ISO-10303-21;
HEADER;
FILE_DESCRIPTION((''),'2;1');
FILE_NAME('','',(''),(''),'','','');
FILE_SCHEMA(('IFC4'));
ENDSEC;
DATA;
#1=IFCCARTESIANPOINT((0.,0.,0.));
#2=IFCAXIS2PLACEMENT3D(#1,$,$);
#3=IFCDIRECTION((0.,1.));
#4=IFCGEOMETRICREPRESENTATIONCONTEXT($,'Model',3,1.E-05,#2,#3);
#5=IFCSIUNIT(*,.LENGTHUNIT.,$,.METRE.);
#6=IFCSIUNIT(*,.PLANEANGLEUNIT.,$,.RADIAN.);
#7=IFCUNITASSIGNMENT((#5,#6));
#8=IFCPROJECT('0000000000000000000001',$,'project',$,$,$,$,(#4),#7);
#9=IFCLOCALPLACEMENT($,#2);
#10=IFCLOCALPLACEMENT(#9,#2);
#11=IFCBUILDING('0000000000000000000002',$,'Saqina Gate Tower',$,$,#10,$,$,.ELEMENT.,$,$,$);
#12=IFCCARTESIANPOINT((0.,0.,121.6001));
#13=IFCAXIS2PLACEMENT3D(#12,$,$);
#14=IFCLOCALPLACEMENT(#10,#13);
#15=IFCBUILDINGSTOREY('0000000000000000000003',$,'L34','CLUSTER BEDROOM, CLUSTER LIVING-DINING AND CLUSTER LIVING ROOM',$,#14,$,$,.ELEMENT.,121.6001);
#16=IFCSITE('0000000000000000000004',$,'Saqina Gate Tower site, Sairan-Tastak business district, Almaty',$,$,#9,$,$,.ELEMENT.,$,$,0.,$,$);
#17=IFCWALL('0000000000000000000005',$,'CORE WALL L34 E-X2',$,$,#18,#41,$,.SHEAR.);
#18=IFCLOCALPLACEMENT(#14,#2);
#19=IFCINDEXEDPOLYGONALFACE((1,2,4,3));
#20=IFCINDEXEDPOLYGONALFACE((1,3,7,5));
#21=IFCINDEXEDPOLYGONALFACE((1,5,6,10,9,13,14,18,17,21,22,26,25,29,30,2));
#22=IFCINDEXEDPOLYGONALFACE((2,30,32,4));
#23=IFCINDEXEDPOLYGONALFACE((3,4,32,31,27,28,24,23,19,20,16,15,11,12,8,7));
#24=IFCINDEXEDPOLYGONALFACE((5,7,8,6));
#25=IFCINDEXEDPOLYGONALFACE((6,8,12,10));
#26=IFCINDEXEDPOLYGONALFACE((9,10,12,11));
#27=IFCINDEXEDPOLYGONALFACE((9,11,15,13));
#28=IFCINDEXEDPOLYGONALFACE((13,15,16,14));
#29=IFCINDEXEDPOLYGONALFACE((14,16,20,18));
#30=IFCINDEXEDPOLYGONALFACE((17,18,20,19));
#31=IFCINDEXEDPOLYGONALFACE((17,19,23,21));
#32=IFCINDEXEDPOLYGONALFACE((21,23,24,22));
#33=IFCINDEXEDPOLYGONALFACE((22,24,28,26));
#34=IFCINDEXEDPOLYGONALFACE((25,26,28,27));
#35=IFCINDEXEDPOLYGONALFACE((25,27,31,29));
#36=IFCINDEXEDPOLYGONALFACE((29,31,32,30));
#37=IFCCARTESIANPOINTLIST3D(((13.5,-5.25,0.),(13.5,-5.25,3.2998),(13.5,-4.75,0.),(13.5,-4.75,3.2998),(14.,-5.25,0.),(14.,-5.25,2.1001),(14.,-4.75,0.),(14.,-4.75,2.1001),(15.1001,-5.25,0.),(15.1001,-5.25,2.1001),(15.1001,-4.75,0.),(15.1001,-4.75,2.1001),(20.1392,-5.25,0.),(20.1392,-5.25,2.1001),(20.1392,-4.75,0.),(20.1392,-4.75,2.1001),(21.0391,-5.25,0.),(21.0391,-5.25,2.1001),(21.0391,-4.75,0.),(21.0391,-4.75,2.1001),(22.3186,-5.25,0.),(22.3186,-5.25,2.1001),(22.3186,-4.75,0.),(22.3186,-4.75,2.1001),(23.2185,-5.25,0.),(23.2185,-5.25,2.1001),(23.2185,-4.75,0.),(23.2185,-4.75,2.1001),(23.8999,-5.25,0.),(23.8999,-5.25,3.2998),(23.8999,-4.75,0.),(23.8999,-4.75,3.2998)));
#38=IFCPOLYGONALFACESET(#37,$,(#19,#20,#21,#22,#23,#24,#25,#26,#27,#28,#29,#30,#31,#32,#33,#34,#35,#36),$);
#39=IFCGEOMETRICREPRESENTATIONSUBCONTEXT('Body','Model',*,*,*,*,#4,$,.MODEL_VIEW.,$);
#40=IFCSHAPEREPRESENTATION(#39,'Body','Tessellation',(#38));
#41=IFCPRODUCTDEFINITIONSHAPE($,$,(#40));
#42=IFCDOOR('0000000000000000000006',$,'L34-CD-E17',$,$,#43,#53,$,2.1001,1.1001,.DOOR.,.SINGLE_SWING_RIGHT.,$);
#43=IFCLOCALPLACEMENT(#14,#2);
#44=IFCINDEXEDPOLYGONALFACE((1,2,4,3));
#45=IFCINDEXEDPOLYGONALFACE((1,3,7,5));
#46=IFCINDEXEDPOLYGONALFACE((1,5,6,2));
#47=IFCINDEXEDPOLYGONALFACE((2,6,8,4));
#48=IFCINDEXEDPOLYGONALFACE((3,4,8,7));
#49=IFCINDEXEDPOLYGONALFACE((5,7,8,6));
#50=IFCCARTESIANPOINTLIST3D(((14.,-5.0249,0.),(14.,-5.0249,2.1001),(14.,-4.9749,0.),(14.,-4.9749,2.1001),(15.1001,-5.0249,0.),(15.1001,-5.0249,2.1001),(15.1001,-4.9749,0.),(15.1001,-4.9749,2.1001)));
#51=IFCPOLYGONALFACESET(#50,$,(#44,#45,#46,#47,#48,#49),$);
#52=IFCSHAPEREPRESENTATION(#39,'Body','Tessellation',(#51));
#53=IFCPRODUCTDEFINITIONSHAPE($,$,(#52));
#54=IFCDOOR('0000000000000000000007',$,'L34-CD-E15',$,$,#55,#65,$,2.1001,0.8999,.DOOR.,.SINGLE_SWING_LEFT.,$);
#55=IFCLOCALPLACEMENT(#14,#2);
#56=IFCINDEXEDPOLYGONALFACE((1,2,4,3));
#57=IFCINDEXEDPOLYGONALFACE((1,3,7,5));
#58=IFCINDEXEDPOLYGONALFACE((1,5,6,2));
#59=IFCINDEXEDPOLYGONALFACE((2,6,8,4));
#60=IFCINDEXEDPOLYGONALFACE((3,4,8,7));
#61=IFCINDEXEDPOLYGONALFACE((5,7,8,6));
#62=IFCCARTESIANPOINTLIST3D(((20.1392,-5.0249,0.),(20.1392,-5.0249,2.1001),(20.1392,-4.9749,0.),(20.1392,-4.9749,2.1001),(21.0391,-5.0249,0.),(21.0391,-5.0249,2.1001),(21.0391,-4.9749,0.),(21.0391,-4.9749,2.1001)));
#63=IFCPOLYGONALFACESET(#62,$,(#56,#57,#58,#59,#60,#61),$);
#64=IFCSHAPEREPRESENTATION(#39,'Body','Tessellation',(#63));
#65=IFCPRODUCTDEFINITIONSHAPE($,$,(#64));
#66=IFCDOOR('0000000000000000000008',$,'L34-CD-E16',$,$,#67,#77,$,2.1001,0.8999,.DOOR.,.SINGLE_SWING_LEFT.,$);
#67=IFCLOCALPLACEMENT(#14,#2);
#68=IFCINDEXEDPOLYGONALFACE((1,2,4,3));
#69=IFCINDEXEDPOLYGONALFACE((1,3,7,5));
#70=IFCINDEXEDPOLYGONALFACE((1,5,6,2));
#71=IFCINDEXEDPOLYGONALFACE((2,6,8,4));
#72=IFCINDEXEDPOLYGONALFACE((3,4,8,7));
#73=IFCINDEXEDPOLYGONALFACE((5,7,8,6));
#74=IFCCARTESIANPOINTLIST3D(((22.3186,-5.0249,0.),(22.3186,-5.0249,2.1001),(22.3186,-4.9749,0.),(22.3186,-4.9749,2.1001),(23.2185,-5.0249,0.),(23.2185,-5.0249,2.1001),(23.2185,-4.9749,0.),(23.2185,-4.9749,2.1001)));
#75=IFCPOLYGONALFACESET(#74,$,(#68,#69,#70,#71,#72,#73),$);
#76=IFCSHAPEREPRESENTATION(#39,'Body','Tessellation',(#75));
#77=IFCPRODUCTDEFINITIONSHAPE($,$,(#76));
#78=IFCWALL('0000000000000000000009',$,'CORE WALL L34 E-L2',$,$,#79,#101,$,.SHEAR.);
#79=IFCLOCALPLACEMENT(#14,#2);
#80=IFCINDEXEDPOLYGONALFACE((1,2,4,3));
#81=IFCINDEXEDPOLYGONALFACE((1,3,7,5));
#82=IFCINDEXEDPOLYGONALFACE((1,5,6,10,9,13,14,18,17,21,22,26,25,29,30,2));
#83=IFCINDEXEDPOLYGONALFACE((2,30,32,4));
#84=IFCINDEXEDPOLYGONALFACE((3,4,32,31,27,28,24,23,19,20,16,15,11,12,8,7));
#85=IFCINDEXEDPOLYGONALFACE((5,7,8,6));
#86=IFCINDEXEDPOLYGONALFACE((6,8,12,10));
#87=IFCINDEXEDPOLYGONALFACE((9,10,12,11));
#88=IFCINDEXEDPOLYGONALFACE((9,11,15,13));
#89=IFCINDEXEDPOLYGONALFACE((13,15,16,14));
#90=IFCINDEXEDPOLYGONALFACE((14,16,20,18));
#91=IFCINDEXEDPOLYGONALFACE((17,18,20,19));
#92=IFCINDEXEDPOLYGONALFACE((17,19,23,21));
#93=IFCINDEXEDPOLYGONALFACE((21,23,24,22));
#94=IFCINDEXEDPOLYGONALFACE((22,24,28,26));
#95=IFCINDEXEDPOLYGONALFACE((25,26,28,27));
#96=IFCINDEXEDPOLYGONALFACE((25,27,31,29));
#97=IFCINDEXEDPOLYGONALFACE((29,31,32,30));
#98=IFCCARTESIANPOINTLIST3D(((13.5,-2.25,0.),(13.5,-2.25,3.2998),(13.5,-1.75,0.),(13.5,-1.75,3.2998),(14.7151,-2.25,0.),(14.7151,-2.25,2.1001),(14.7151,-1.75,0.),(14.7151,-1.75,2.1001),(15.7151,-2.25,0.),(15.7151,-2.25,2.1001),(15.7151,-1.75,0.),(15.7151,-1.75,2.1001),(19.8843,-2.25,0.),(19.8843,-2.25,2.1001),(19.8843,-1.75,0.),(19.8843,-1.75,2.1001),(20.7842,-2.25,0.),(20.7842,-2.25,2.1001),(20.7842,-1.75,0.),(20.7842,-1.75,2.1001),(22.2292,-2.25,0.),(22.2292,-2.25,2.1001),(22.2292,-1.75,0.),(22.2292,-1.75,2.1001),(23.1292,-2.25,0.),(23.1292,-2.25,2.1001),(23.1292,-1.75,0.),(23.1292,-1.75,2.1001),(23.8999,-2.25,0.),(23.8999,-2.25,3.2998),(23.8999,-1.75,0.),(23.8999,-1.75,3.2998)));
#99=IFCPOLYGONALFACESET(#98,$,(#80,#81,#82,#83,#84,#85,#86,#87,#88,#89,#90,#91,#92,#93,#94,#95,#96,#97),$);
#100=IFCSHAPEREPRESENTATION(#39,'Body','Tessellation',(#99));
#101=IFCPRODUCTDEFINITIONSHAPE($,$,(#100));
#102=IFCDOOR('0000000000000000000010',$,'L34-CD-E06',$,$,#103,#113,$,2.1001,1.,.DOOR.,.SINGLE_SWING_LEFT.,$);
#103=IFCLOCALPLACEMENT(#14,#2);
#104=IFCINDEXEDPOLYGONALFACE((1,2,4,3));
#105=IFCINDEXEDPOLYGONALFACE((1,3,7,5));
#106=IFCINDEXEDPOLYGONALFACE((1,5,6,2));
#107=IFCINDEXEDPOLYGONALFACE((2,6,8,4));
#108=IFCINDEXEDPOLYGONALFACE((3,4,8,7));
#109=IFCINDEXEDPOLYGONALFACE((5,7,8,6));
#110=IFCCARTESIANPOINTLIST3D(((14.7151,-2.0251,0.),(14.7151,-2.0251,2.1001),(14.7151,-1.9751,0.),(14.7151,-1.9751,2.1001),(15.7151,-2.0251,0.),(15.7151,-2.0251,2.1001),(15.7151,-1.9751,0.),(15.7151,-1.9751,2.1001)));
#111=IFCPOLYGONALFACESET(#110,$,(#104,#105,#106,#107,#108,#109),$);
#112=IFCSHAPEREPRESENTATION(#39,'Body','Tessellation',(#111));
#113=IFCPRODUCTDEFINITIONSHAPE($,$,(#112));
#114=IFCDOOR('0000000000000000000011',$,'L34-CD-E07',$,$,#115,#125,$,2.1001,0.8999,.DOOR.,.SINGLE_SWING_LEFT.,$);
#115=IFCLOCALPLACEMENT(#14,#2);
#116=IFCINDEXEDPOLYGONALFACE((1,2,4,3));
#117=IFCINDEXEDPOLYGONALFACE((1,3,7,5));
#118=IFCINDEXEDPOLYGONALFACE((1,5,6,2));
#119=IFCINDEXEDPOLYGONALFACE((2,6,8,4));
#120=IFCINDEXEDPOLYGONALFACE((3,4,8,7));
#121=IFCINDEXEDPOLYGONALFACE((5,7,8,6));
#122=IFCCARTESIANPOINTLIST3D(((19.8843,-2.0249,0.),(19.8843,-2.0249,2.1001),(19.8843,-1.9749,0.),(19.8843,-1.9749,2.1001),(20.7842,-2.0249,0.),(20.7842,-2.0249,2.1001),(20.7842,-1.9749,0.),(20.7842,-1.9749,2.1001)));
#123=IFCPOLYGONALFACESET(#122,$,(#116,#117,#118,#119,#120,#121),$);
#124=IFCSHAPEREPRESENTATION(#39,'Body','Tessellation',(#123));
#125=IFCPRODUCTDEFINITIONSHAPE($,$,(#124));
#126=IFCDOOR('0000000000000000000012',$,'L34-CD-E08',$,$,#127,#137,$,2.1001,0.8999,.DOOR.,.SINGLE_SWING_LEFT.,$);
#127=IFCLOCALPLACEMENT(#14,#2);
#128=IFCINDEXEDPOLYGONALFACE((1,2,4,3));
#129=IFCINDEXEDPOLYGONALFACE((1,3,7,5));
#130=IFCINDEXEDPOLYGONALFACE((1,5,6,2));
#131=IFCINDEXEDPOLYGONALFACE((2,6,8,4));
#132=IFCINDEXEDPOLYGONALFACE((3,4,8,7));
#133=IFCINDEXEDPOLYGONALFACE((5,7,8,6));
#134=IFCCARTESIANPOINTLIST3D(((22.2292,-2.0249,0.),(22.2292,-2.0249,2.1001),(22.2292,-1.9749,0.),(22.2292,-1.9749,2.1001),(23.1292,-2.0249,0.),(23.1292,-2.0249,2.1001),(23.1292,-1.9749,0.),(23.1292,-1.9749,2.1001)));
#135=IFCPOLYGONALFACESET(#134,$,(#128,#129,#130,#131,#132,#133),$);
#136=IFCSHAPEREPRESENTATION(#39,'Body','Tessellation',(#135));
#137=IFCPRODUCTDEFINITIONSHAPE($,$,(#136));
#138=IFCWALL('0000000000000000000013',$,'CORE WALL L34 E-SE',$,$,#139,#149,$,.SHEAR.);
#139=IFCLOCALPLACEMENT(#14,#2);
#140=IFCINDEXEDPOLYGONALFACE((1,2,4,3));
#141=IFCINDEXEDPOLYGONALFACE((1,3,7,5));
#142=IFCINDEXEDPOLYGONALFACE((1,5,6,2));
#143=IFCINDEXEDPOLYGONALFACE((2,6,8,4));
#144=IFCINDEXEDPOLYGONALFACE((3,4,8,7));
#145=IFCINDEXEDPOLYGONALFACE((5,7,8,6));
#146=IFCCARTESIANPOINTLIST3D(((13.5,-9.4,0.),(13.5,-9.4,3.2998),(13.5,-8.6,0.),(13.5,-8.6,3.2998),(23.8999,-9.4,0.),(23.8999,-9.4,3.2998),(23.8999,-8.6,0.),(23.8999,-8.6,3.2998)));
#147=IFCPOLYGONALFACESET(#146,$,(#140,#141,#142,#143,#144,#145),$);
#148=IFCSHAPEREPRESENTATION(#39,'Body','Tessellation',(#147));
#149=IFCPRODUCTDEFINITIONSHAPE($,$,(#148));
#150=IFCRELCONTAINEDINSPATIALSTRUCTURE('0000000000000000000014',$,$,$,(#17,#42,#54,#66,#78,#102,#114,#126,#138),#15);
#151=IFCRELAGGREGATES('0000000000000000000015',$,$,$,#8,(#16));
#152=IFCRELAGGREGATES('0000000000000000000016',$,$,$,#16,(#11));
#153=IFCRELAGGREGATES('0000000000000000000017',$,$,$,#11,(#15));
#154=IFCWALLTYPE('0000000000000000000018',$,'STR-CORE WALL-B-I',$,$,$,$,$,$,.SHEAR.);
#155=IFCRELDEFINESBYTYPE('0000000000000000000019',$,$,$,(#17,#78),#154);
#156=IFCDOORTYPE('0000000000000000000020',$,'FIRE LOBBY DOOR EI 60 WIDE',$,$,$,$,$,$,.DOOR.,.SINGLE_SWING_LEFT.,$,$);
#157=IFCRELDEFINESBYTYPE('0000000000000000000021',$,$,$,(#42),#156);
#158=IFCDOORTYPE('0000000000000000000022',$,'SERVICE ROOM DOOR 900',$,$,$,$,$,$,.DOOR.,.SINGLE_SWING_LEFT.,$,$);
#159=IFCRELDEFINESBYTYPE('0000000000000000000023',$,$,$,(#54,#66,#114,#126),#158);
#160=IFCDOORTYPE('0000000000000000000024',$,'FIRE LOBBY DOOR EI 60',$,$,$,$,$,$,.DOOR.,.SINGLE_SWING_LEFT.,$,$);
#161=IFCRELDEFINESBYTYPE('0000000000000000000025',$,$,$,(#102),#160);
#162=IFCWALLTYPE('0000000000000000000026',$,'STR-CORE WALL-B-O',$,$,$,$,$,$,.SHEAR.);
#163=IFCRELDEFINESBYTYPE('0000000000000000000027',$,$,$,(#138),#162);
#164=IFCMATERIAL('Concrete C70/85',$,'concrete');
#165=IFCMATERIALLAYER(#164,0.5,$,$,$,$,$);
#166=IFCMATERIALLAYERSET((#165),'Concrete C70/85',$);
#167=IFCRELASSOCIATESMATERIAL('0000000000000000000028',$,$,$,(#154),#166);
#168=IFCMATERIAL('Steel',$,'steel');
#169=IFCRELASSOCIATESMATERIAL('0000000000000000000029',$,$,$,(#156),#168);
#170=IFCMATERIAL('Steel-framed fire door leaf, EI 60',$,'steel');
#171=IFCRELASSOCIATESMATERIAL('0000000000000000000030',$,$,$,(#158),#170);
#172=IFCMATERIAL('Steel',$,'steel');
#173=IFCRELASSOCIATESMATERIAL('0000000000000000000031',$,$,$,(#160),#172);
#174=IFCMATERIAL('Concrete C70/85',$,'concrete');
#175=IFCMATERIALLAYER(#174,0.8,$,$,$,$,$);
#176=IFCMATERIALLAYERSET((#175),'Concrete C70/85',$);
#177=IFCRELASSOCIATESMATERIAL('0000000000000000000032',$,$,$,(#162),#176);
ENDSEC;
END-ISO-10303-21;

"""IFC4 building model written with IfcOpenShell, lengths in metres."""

from ifc_helpers import new_model, si_unit, direction, frame, frame_2d, origin, place, context, subcontext, project, spatial, rectangle, extrude, material, layer, layer_set, type_object, element, fill, save


model = new_model("IFC4")

# Units and contexts
model_context = context("Model", 3, precision=1e-05, world=origin(), true_north=direction((0.0, 1.0)))
body_context = subcontext(model_context, "Body", "Model", "MODEL_VIEW")
ifc_project = project(units=[si_unit("LENGTHUNIT", "METRE"), si_unit("PLANEANGLEUNIT", "RADIAN")], contexts=[model_context])

# Site, building, storey
site_placement = place(None, origin())
site = spatial("IfcSite", under=ifc_project, at=site_placement, Name="Saqina Gate Tower site, Sairan-Tastak business district, Almaty", CompositionType="ELEMENT", RefElevation=0.0)
building_placement = place(site_placement, origin())
building = spatial("IfcBuilding", under=site, at=building_placement, Name="Saqina Gate Tower", CompositionType="ELEMENT")
storey_placement = place(building_placement, frame((0.0, 0.0, 121.6001)))
storey = spatial("IfcBuildingStorey", under=building, at=storey_placement, Name="L34", Description="CLUSTER BEDROOM, CLUSTER LIVING-DINING AND CLUSTER LIVING ROOM", CompositionType="ELEMENT", Elevation=121.6001)

# Walls, openings, doors
ifc_material_1 = material(Name="Concrete C70/85", Category="concrete")
ifc_layer_1 = layer(ifc_material_1, 0.5)
ifc_layer_set_1 = layer_set([ifc_layer_1], Name="Concrete C70/85")
wall_type_1 = type_object("IfcWallType", Name="STR-CORE WALL-B-I", PredefinedType="SHEAR", material=ifc_layer_set_1)
wall_1_placement = place(storey_placement, frame((13.5, -5.0, 0.0), z_axis=(0.0, 0.0, 1.0), x_axis=(1.0, 0.0, 0.0)))
wall_1 = element("IfcWall", 1, at=wall_1_placement, inside=storey, type_object=wall_type_1, Name="CORE WALL L34 E-X2", PredefinedType="SHEAR", context=body_context, shape_type="SweptSolid", body=[
    extrude(rectangle(XDim=10.3999, YDim=0.5, at=frame_2d((5.2, 0.0))), origin(), (0.0, 0.0, 1.0), 3.2998),
])
opening_1_placement = place(wall_1_placement, frame((6.6392, 0.0, 0.0)))
opening_1 = element("IfcOpeningElement", 2, at=opening_1_placement, cuts=wall_1, PredefinedType="OPENING", context=body_context, shape_type="SweptSolid", body=[
    extrude(rectangle(XDim=0.8999, YDim=2.1001, at=frame_2d((0.45, 1.05))), frame((0.0, 0.262, 0.0), z_axis=(0.0, -1.0, 0.0), x_axis=(1.0, 0.0, 0.0)), (0.0, 0.0, 1.0), 0.5239),
])
opening_2_placement = place(wall_1_placement, frame((8.8186, 0.0, 0.0)))
opening_2 = element("IfcOpeningElement", 3, at=opening_2_placement, cuts=wall_1, PredefinedType="OPENING", context=body_context, shape_type="SweptSolid", body=[
    extrude(rectangle(XDim=0.8999, YDim=2.1001, at=frame_2d((0.45, 1.05))), frame((0.0, 0.262, 0.0), z_axis=(0.0, -1.0, 0.0), x_axis=(1.0, 0.0, 0.0)), (0.0, 0.0, 1.0), 0.5239),
])
opening_3_placement = place(wall_1_placement, frame((0.5, 0.0, 0.0)))
opening_3 = element("IfcOpeningElement", 4, at=opening_3_placement, cuts=wall_1, PredefinedType="OPENING", context=body_context, shape_type="SweptSolid", body=[
    extrude(rectangle(XDim=1.1001, YDim=2.1001, at=frame_2d((0.55, 1.05))), frame((0.0, 0.262, 0.0), z_axis=(0.0, -1.0, 0.0), x_axis=(1.0, 0.0, 0.0)), (0.0, 0.0, 1.0), 0.5239),
])
ifc_material_2 = material(Name="Steel", Category="steel")
door_type_1 = type_object("IfcDoorType", Name="FIRE LOBBY DOOR EI 60 WIDE", OperationType="SINGLE_SWING_LEFT", PredefinedType="DOOR", material=ifc_material_2)
door_1_placement = place(opening_3_placement, frame((1.1001, 0.0, 0.0), z_axis=(0.0, 0.0, 1.0), x_axis=(-1.0, 0.0, 0.0)))
door_1 = element("IfcDoor", 5, at=door_1_placement, inside=storey, type_object=door_type_1, Name="L34-CD-E17", OperationType="SINGLE_SWING_RIGHT", OverallHeight=2.1001, OverallWidth=1.1001, PredefinedType="DOOR", context=body_context, shape_type="SweptSolid", body=[
    extrude(rectangle(XDim=1.1001, YDim=2.1001, at=frame_2d((0.55, 1.05))), frame((0.0, 0.0249, 0.0), z_axis=(0.0, -1.0, 0.0), x_axis=(1.0, 0.0, 0.0)), (0.0, 0.0, 1.0), 0.05),
])
fill(opening_3, door_1)
ifc_material_3 = material(Name="Steel-framed fire door leaf, EI 60", Category="steel")
door_type_2 = type_object("IfcDoorType", Name="SERVICE ROOM DOOR 900", OperationType="SINGLE_SWING_LEFT", PredefinedType="DOOR", material=ifc_material_3)
door_2_placement = place(opening_1_placement, frame((0.8999, 0.0, 0.0), z_axis=(0.0, 0.0, 1.0), x_axis=(-1.0, 0.0, 0.0)))
door_2 = element("IfcDoor", 6, at=door_2_placement, inside=storey, type_object=door_type_2, Name="L34-CD-E15", OperationType="SINGLE_SWING_LEFT", OverallHeight=2.1001, OverallWidth=0.8999, PredefinedType="DOOR", context=body_context, shape_type="SweptSolid", body=[
    extrude(rectangle(XDim=0.8999, YDim=2.1001, at=frame_2d((0.45, 1.05))), frame((0.0, 0.0249, 0.0), z_axis=(0.0, -1.0, 0.0), x_axis=(1.0, 0.0, 0.0)), (0.0, 0.0, 1.0), 0.05),
])
fill(opening_1, door_2)
door_3_placement = place(opening_2_placement, frame((0.8999, 0.0, 0.0), z_axis=(0.0, 0.0, 1.0), x_axis=(-1.0, 0.0, 0.0)))
door_3 = element("IfcDoor", 7, at=door_3_placement, inside=storey, type_object=door_type_2, Name="L34-CD-E16", OperationType="SINGLE_SWING_LEFT", OverallHeight=2.1001, OverallWidth=0.8999, PredefinedType="DOOR", context=body_context, shape_type="SweptSolid", body=[
    extrude(rectangle(XDim=0.8999, YDim=2.1001, at=frame_2d((0.45, 1.05))), frame((0.0, 0.0249, 0.0), z_axis=(0.0, -1.0, 0.0), x_axis=(1.0, 0.0, 0.0)), (0.0, 0.0, 1.0), 0.05),
])
fill(opening_2, door_3)
wall_2_placement = place(storey_placement, frame((13.5, -2.0, 0.0), z_axis=(0.0, 0.0, 1.0), x_axis=(1.0, 0.0, 0.0)))
wall_2 = element("IfcWall", 8, at=wall_2_placement, inside=storey, type_object=wall_type_1, Name="CORE WALL L34 E-L2", PredefinedType="SHEAR", context=body_context, shape_type="SweptSolid", body=[
    extrude(rectangle(XDim=10.3999, YDim=0.5, at=frame_2d((5.2, 0.0))), origin(), (0.0, 0.0, 1.0), 3.2998),
])
opening_4_placement = place(wall_2_placement, frame((1.2151, 0.0, 0.0)))
opening_4 = element("IfcOpeningElement", 9, at=opening_4_placement, cuts=wall_2, PredefinedType="OPENING", context=body_context, shape_type="SweptSolid", body=[
    extrude(rectangle(XDim=1.0, YDim=2.1001, at=frame_2d((0.5, 1.05))), frame((0.0, 0.262, 0.0), z_axis=(0.0, -1.0, 0.0), x_axis=(1.0, 0.0, 0.0)), (0.0, 0.0, 1.0), 0.5239),
])
opening_5_placement = place(wall_2_placement, frame((6.3843, 0.0, 0.0)))
opening_5 = element("IfcOpeningElement", 10, at=opening_5_placement, cuts=wall_2, PredefinedType="OPENING", context=body_context, shape_type="SweptSolid", body=[
    extrude(rectangle(XDim=0.8999, YDim=2.1001, at=frame_2d((0.45, 1.05))), frame((0.0, 0.262, 0.0), z_axis=(0.0, -1.0, 0.0), x_axis=(1.0, 0.0, 0.0)), (0.0, 0.0, 1.0), 0.5239),
])
opening_6_placement = place(wall_2_placement, frame((8.7292, 0.0, 0.0)))
opening_6 = element("IfcOpeningElement", 11, at=opening_6_placement, cuts=wall_2, PredefinedType="OPENING", context=body_context, shape_type="SweptSolid", body=[
    extrude(rectangle(XDim=0.8999, YDim=2.1001, at=frame_2d((0.45, 1.05))), frame((0.0, 0.262, 0.0), z_axis=(0.0, -1.0, 0.0), x_axis=(1.0, 0.0, 0.0)), (0.0, 0.0, 1.0), 0.5239),
])
ifc_material_4 = material(Name="Steel", Category="steel")
door_type_3 = type_object("IfcDoorType", Name="FIRE LOBBY DOOR EI 60", OperationType="SINGLE_SWING_LEFT", PredefinedType="DOOR", material=ifc_material_4)
door_4_placement = place(opening_4_placement, origin())
door_4 = element("IfcDoor", 12, at=door_4_placement, inside=storey, type_object=door_type_3, Name="L34-CD-E06", OperationType="SINGLE_SWING_LEFT", OverallHeight=2.1001, OverallWidth=1.0, PredefinedType="DOOR", context=body_context, shape_type="SweptSolid", body=[
    extrude(rectangle(XDim=1.0, YDim=2.1001, at=frame_2d((0.5, 1.05))), frame((0.0, 0.0249, 0.0), z_axis=(0.0, -1.0, 0.0), x_axis=(1.0, 0.0, 0.0)), (0.0, 0.0, 1.0), 0.05),
])
fill(opening_4, door_4)
door_5_placement = place(opening_5_placement, frame((0.8999, 0.0, 0.0), z_axis=(0.0, 0.0, 1.0), x_axis=(-1.0, 0.0, 0.0)))
door_5 = element("IfcDoor", 13, at=door_5_placement, inside=storey, type_object=door_type_2, Name="L34-CD-E07", OperationType="SINGLE_SWING_LEFT", OverallHeight=2.1001, OverallWidth=0.8999, PredefinedType="DOOR", context=body_context, shape_type="SweptSolid", body=[
    extrude(rectangle(XDim=0.8999, YDim=2.1001, at=frame_2d((0.45, 1.05))), frame((0.0, 0.0249, 0.0), z_axis=(0.0, -1.0, 0.0), x_axis=(1.0, 0.0, 0.0)), (0.0, 0.0, 1.0), 0.05),
])
fill(opening_5, door_5)
door_6_placement = place(opening_6_placement, frame((0.8999, 0.0, 0.0), z_axis=(0.0, 0.0, 1.0), x_axis=(-1.0, 0.0, 0.0)))
door_6 = element("IfcDoor", 14, at=door_6_placement, inside=storey, type_object=door_type_2, Name="L34-CD-E08", OperationType="SINGLE_SWING_LEFT", OverallHeight=2.1001, OverallWidth=0.8999, PredefinedType="DOOR", context=body_context, shape_type="SweptSolid", body=[
    extrude(rectangle(XDim=0.8999, YDim=2.1001, at=frame_2d((0.45, 1.05))), frame((0.0, 0.0249, 0.0), z_axis=(0.0, -1.0, 0.0), x_axis=(1.0, 0.0, 0.0)), (0.0, 0.0, 1.0), 0.05),
])
fill(opening_6, door_6)
ifc_material_5 = material(Name="Concrete C70/85", Category="concrete")
ifc_layer_2 = layer(ifc_material_5, 0.8)
ifc_layer_set_2 = layer_set([ifc_layer_2], Name="Concrete C70/85")
wall_type_2 = type_object("IfcWallType", Name="STR-CORE WALL-B-O", PredefinedType="SHEAR", material=ifc_layer_set_2)

# Wall
wall_3_placement = place(storey_placement, frame((13.5, -9.0, 0.0), z_axis=(0.0, 0.0, 1.0), x_axis=(1.0, 0.0, 0.0)))
element("IfcWall", 15, at=wall_3_placement, inside=storey, type_object=wall_type_2, Name="CORE WALL L34 E-SE", PredefinedType="SHEAR", context=body_context, shape_type="SweptSolid", body=[
    extrude(rectangle(XDim=10.3999, YDim=0.8, at=frame_2d((5.2, 0.0))), origin(), (0.0, 0.0, 1.0), 3.2998),
])

save(model, "model.ifc")
